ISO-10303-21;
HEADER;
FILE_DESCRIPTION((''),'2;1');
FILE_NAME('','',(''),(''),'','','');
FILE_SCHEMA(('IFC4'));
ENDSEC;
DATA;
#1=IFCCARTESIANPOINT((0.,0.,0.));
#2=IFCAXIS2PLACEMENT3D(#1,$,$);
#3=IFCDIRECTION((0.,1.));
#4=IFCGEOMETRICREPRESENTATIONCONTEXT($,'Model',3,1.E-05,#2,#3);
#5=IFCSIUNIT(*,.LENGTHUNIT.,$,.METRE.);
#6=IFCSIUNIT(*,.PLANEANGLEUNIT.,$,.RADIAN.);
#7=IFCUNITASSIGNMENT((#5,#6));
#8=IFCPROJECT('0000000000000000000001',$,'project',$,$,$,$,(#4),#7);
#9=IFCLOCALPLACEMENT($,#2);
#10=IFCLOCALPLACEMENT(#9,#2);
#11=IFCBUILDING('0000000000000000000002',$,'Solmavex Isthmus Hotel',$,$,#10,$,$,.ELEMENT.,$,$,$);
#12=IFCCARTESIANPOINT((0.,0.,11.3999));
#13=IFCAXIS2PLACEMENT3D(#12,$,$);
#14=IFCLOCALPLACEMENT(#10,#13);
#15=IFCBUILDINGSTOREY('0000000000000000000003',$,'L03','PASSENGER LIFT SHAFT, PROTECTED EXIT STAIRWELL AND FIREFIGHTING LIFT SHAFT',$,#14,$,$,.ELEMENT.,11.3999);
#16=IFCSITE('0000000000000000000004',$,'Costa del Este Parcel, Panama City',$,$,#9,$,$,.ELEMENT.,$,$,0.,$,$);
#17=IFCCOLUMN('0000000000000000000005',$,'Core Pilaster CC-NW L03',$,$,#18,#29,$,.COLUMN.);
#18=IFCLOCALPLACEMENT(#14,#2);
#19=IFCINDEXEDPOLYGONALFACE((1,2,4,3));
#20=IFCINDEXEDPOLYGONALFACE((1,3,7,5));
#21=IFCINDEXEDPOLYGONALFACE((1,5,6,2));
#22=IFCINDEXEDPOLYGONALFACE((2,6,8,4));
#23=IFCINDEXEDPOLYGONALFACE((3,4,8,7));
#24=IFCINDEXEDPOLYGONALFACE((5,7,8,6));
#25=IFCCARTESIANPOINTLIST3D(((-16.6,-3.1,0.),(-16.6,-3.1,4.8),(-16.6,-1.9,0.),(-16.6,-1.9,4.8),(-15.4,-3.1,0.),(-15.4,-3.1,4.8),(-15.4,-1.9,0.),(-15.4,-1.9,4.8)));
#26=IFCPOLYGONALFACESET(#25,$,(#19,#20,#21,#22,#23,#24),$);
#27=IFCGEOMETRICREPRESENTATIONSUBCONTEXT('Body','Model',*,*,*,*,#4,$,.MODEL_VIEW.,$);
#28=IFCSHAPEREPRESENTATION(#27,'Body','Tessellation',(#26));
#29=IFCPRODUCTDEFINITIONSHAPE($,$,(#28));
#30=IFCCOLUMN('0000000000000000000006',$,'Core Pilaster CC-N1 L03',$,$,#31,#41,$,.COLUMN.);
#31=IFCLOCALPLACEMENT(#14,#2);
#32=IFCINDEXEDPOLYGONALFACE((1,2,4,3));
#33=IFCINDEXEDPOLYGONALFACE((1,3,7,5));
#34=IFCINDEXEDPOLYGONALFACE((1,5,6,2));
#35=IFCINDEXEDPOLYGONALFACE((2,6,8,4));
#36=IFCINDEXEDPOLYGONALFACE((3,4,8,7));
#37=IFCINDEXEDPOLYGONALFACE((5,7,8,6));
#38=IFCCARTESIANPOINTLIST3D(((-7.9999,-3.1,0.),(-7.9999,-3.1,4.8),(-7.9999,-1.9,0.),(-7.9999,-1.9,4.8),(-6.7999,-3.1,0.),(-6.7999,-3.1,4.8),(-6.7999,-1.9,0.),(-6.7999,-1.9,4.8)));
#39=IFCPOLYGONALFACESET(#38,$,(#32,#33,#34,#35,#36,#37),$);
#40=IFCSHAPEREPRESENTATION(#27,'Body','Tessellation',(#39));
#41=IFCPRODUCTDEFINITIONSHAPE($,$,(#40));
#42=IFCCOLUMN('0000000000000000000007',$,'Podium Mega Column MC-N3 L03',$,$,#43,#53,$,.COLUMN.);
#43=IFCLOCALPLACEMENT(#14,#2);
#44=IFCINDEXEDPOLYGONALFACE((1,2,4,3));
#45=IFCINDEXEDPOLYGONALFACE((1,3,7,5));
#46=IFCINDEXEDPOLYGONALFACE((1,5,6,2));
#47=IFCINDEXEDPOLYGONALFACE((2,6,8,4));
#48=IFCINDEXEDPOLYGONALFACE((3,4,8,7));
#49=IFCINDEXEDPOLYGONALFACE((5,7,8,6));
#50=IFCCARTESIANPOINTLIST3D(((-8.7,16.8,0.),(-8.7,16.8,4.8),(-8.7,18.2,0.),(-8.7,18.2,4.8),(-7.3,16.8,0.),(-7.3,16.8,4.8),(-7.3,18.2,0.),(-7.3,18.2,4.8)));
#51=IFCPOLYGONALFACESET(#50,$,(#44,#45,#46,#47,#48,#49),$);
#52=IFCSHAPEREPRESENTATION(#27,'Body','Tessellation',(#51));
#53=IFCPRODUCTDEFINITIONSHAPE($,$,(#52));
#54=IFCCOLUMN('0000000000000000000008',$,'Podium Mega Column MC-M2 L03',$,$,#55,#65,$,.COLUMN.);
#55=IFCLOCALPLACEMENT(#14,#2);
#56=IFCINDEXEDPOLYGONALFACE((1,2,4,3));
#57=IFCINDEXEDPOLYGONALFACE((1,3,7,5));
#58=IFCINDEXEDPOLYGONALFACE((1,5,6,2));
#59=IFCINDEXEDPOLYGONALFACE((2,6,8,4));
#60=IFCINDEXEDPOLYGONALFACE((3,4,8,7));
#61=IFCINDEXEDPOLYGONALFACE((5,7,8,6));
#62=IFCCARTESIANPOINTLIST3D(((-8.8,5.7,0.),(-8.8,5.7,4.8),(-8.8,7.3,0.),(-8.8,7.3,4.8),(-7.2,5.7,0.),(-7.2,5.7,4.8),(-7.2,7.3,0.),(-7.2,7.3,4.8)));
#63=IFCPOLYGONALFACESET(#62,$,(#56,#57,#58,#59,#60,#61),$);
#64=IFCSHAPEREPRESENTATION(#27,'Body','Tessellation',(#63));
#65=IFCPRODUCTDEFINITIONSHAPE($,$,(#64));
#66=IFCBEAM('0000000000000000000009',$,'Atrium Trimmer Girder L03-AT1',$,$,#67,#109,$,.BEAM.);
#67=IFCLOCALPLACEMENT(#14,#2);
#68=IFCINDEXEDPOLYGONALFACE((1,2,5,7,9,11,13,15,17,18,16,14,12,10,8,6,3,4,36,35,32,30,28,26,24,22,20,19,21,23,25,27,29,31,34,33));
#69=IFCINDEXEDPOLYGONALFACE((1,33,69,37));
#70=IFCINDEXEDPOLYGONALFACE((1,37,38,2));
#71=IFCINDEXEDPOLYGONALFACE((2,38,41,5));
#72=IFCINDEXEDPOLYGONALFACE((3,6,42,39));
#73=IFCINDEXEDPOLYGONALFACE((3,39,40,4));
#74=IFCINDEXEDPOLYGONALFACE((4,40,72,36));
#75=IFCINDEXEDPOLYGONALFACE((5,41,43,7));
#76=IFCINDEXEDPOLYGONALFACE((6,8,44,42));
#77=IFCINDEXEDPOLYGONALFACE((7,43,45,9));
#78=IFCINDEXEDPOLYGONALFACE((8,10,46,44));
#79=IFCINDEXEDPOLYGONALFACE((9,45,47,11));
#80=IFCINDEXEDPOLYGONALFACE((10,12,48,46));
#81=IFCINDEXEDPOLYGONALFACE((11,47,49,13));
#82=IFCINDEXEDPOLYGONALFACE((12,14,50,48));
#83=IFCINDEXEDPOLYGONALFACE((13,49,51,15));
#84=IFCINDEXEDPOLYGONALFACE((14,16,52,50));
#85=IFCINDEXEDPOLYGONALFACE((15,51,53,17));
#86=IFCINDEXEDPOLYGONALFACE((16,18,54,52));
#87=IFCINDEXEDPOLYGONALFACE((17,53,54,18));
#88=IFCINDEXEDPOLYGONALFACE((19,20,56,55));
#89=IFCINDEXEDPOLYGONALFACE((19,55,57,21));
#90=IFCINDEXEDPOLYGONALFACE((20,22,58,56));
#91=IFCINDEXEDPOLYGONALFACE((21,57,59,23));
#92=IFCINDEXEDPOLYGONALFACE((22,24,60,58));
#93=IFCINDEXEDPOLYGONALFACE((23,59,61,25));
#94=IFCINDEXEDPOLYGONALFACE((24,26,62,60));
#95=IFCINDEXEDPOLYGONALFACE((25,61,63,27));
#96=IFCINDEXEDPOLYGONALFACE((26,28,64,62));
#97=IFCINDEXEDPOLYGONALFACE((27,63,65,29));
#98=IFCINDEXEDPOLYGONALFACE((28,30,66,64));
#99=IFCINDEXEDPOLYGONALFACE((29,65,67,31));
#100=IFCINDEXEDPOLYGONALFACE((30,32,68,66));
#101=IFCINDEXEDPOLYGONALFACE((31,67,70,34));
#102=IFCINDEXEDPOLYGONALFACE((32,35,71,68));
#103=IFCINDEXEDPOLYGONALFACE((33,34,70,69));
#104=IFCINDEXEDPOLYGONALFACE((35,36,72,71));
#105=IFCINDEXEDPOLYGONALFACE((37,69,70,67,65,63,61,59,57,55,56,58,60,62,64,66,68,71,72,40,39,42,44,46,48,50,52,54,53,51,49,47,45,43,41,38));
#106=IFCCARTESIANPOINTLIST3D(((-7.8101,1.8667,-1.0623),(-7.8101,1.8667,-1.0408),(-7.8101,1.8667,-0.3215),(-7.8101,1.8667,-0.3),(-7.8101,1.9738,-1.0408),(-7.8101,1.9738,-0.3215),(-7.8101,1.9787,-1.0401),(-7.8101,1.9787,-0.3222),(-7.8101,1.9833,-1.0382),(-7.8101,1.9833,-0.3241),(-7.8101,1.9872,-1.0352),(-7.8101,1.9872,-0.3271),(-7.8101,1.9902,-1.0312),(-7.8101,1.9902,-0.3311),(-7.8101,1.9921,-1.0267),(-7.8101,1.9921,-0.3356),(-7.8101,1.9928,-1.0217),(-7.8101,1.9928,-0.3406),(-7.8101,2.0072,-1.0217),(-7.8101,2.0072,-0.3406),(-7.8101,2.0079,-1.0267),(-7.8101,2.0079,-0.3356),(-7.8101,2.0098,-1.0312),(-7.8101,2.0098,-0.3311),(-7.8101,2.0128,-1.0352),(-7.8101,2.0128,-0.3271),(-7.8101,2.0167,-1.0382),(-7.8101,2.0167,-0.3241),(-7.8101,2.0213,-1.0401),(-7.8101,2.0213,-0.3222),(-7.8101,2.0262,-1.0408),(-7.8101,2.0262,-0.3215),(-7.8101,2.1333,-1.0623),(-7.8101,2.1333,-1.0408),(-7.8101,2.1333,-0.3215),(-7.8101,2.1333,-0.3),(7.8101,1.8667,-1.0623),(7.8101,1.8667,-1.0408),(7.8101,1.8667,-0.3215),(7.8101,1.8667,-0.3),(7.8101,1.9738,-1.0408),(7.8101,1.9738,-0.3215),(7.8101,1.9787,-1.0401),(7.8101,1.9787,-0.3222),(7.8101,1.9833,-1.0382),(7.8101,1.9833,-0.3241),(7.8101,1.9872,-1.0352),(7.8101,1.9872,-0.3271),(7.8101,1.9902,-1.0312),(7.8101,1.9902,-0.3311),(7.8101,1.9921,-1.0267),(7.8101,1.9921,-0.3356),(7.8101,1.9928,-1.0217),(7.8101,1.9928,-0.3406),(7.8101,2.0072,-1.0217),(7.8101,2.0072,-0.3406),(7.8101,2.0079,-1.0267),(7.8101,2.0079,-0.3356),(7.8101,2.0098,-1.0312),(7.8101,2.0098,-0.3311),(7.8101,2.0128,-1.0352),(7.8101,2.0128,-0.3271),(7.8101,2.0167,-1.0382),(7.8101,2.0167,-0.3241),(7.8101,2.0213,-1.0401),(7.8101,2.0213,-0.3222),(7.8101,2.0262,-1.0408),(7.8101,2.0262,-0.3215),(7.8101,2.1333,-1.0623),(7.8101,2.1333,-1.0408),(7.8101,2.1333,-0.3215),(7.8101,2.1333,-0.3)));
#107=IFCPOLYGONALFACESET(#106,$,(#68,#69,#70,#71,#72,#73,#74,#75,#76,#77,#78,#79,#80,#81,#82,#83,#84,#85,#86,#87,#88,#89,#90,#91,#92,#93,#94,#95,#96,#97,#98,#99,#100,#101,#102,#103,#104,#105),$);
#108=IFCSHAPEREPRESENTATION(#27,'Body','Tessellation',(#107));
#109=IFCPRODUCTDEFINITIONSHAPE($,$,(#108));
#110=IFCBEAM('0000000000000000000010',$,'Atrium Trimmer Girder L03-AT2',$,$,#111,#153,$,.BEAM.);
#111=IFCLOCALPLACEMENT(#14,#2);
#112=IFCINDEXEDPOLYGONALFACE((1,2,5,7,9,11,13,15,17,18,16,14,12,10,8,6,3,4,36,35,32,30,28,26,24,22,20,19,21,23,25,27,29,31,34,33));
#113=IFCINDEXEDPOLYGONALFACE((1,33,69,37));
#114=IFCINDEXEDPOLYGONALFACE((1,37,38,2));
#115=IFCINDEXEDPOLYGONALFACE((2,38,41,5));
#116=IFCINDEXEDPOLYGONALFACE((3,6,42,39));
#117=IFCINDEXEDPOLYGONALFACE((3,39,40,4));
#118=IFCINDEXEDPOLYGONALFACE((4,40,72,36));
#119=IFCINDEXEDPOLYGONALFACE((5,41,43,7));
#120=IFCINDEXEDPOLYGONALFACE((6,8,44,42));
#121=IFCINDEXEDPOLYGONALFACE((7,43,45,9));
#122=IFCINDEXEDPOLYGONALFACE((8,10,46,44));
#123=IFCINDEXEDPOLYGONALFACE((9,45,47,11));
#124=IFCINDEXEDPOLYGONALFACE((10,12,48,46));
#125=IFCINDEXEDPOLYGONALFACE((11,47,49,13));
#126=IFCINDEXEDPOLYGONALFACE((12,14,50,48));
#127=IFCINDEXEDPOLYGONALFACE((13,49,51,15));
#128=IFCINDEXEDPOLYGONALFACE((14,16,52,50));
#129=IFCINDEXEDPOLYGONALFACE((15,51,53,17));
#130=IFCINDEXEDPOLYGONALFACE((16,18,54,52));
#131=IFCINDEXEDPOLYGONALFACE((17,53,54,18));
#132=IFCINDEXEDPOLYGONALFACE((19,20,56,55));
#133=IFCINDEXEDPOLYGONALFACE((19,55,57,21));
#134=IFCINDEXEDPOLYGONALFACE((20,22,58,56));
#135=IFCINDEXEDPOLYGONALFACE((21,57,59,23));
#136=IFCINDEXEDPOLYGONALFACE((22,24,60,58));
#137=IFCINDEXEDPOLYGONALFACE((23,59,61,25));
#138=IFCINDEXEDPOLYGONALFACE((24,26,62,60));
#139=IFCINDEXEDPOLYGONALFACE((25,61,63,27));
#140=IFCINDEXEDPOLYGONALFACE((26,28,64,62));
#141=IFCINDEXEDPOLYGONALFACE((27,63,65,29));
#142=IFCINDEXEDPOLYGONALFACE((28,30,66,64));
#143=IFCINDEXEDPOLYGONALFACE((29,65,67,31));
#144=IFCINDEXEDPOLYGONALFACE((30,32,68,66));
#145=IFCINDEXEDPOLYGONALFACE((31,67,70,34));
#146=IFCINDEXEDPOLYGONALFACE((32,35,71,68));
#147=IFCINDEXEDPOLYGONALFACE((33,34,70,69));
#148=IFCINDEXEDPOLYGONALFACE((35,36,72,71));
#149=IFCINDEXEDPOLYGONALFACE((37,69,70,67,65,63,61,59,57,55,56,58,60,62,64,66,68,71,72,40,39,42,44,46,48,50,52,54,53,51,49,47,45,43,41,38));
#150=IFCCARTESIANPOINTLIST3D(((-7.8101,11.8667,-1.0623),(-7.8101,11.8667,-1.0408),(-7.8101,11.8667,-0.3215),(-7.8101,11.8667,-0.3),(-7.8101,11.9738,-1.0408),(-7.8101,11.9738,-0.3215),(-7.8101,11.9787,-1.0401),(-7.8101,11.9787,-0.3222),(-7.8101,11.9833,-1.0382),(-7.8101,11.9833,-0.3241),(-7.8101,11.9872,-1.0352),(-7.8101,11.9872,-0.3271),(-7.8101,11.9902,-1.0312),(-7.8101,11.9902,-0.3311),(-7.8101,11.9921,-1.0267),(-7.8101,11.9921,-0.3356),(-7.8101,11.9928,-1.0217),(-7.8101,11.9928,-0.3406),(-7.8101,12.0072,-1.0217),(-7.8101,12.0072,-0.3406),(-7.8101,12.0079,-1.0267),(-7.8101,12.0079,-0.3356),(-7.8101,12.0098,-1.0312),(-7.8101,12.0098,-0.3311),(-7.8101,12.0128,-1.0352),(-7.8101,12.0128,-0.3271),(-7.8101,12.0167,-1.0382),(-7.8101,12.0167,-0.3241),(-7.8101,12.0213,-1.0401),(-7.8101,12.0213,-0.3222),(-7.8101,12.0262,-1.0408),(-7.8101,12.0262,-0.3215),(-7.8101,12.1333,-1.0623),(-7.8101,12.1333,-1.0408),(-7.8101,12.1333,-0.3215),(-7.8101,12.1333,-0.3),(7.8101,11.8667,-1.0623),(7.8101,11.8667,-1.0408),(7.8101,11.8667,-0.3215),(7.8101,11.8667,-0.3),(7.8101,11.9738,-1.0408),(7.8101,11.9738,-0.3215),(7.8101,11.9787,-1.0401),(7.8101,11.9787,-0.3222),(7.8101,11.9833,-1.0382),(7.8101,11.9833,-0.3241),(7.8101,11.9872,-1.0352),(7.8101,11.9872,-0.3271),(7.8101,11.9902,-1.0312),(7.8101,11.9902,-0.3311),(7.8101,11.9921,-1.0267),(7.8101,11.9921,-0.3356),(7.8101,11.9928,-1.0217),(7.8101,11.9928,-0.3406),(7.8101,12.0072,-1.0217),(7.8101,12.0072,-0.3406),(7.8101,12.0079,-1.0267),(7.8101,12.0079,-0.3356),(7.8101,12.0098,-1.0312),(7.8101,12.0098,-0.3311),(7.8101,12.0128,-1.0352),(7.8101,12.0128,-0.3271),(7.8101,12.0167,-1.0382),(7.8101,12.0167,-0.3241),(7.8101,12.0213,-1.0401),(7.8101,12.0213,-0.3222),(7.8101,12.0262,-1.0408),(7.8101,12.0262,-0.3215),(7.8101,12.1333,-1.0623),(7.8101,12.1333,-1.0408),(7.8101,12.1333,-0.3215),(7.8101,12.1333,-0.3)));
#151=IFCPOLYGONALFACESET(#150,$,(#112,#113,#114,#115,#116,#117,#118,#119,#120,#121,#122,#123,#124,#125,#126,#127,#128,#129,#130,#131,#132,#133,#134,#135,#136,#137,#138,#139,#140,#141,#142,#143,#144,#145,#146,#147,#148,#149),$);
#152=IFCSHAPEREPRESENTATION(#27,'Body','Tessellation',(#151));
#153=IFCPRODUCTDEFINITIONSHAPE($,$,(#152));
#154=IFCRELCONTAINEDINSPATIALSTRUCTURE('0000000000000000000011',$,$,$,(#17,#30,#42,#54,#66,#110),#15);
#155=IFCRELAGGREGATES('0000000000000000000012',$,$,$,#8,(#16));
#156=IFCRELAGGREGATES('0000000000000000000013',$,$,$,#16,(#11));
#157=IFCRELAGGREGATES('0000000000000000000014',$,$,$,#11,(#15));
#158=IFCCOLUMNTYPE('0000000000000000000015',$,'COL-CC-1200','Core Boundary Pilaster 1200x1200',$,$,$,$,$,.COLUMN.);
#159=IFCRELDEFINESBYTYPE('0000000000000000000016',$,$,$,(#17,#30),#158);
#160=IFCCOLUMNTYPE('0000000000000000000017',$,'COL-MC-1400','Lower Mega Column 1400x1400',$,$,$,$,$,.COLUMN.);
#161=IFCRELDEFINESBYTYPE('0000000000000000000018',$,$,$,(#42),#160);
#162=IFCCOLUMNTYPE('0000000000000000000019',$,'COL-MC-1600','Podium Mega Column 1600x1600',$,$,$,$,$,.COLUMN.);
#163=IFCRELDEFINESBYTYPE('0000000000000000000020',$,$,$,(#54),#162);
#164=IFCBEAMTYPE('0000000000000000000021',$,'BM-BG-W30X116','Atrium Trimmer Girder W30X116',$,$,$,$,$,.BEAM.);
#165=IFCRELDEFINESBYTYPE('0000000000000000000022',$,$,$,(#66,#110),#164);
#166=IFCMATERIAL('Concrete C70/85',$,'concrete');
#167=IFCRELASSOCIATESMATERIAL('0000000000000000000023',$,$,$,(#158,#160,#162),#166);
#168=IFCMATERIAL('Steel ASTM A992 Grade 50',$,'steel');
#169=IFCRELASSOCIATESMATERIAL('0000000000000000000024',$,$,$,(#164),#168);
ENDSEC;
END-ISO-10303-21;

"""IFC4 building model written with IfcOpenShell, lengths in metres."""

from ifc_helpers import new_model, si_unit, direction, frame, origin, origin_2d, place, context, subcontext, project, spatial, rectangle, i_section, extrude, material, material_profile, profile_set, type_object, element, save


model = new_model("IFC4")

# Units and contexts
model_context = context("Model", 3, precision=1e-05, world=origin(), true_north=direction((0.0, 1.0)))
body_context = subcontext(model_context, "Body", "Model", "MODEL_VIEW")
ifc_project = project(units=[si_unit("LENGTHUNIT", "METRE"), si_unit("PLANEANGLEUNIT", "RADIAN")], contexts=[model_context])

# Site, building, storey
site_placement = place(None, origin())
site = spatial("IfcSite", under=ifc_project, at=site_placement, Name="Costa del Este Parcel, Panama City", CompositionType="ELEMENT", RefElevation=0.0)
building_placement = place(site_placement, origin())
building = spatial("IfcBuilding", under=site, at=building_placement, Name="Solmavex Isthmus Hotel", CompositionType="ELEMENT")
storey_placement = place(building_placement, frame((0.0, 0.0, 11.3999)))
storey = spatial("IfcBuildingStorey", under=building, at=storey_placement, Name="L03", Description="PASSENGER LIFT SHAFT, PROTECTED EXIT STAIRWELL AND FIREFIGHTING LIFT SHAFT", CompositionType="ELEMENT", Elevation=11.3999)

# Columns
ifc_material_1 = material(Name="Concrete C70/85", Category="concrete")
ifc_material_profile_1 = material_profile(ifc_material_1, rectangle(XDim=1.2, YDim=1.2, at=origin_2d()), Name="RC1200X1200")
ifc_profile_set_1 = profile_set([ifc_material_profile_1], Name="Concrete C70/85")
column_type_1 = type_object("IfcColumnType", Name="COL-CC-1200", Description="Core Boundary Pilaster 1200x1200", PredefinedType="COLUMN", material=ifc_profile_set_1)
for number, where, z_axis, x_axis, name in (
    (1, (-16.0, -2.5, 0.0), (0.0, 0.0, 1.0), (1.0, 0.0, 0.0), "Core Pilaster CC-NW L03"),
    (2, (-7.3999, -2.5, 0.0), (0.0, 0.0, 1.0), (1.0, 0.0, 0.0), "Core Pilaster CC-N1 L03"),
):
    element("IfcColumn", number, at=place(storey_placement, frame(where, z_axis=z_axis, x_axis=x_axis)), inside=storey, type_object=column_type_1, Name=name, PredefinedType="COLUMN", context=body_context, shape_type="SweptSolid", body=[
        extrude(rectangle(XDim=1.2, YDim=1.2, at=origin_2d()), origin(), (0.0, 0.0, 1.0), 4.8),
    ])
ifc_material_profile_2 = material_profile(ifc_material_1, rectangle(XDim=1.3999, YDim=1.3999, at=origin_2d()), Name="RC1400X1400")
ifc_profile_set_2 = profile_set([ifc_material_profile_2], Name="Concrete C70/85")
column_type_2 = type_object("IfcColumnType", Name="COL-MC-1400", Description="Lower Mega Column 1400x1400", PredefinedType="COLUMN", material=ifc_profile_set_2)
column_1_placement = place(storey_placement, frame((-8.0, 17.5, 0.0), z_axis=(0.0, 0.0, 1.0), x_axis=(1.0, 0.0, 0.0)))
element("IfcColumn", 3, at=column_1_placement, inside=storey, type_object=column_type_2, Name="Podium Mega Column MC-N3 L03", PredefinedType="COLUMN", context=body_context, shape_type="SweptSolid", body=[
    extrude(rectangle(XDim=1.3999, YDim=1.3999, at=origin_2d()), origin(), (0.0, 0.0, 1.0), 4.8),
])
ifc_material_profile_3 = material_profile(ifc_material_1, rectangle(XDim=1.6001, YDim=1.6001, at=origin_2d()), Name="RC1600X1600")
ifc_profile_set_3 = profile_set([ifc_material_profile_3], Name="Concrete C70/85")
column_type_3 = type_object("IfcColumnType", Name="COL-MC-1600", Description="Podium Mega Column 1600x1600", PredefinedType="COLUMN", material=ifc_profile_set_3)
column_2_placement = place(storey_placement, frame((-8.0, 6.5, 0.0), z_axis=(0.0, 0.0, 1.0), x_axis=(1.0, 0.0, 0.0)))
element("IfcColumn", 4, at=column_2_placement, inside=storey, type_object=column_type_3, Name="Podium Mega Column MC-M2 L03", PredefinedType="COLUMN", context=body_context, shape_type="SweptSolid", body=[
    extrude(rectangle(XDim=1.6001, YDim=1.6001, at=origin_2d()), origin(), (0.0, 0.0, 1.0), 4.8),
])

# Beams
ifc_material_2 = material(Name="Steel ASTM A992 Grade 50", Category="steel")
ifc_material_profile_4 = material_profile(ifc_material_2, i_section(OverallWidth=0.2666, OverallDepth=0.7622, WebThickness=0.0144, FlangeThickness=0.0215, FilletRadius=0.019, at=origin_2d()), Name="W30X116")
ifc_profile_set_4 = profile_set([ifc_material_profile_4], Name="Steel ASTM A992 Grade 50")
beam_type_1 = type_object("IfcBeamType", Name="BM-BG-W30X116", Description="Atrium Trimmer Girder W30X116", PredefinedType="BEAM", material=ifc_profile_set_4)
for number, where, z_axis, x_axis, name in (
    (5, (-7.8101, 2.0, -0.6812), (1.0, 0.0, 0.0), (0.0, 1.0, 0.0), "Atrium Trimmer Girder L03-AT1"),
    (6, (-7.8101, 12.0, -0.6812), (1.0, 0.0, 0.0), (0.0, 1.0, 0.0), "Atrium Trimmer Girder L03-AT2"),
):
    element("IfcBeam", number, at=place(storey_placement, frame(where, z_axis=z_axis, x_axis=x_axis)), inside=storey, type_object=beam_type_1, Name=name, PredefinedType="BEAM", context=body_context, shape_type="SweptSolid", body=[
        extrude(i_section(OverallWidth=0.2666, OverallDepth=0.7622, WebThickness=0.0144, FlangeThickness=0.0215, FilletRadius=0.019, at=origin_2d()), origin(), (0.0, 0.0, 1.0), 15.6201),
    ])

save(model, "model.ifc")
